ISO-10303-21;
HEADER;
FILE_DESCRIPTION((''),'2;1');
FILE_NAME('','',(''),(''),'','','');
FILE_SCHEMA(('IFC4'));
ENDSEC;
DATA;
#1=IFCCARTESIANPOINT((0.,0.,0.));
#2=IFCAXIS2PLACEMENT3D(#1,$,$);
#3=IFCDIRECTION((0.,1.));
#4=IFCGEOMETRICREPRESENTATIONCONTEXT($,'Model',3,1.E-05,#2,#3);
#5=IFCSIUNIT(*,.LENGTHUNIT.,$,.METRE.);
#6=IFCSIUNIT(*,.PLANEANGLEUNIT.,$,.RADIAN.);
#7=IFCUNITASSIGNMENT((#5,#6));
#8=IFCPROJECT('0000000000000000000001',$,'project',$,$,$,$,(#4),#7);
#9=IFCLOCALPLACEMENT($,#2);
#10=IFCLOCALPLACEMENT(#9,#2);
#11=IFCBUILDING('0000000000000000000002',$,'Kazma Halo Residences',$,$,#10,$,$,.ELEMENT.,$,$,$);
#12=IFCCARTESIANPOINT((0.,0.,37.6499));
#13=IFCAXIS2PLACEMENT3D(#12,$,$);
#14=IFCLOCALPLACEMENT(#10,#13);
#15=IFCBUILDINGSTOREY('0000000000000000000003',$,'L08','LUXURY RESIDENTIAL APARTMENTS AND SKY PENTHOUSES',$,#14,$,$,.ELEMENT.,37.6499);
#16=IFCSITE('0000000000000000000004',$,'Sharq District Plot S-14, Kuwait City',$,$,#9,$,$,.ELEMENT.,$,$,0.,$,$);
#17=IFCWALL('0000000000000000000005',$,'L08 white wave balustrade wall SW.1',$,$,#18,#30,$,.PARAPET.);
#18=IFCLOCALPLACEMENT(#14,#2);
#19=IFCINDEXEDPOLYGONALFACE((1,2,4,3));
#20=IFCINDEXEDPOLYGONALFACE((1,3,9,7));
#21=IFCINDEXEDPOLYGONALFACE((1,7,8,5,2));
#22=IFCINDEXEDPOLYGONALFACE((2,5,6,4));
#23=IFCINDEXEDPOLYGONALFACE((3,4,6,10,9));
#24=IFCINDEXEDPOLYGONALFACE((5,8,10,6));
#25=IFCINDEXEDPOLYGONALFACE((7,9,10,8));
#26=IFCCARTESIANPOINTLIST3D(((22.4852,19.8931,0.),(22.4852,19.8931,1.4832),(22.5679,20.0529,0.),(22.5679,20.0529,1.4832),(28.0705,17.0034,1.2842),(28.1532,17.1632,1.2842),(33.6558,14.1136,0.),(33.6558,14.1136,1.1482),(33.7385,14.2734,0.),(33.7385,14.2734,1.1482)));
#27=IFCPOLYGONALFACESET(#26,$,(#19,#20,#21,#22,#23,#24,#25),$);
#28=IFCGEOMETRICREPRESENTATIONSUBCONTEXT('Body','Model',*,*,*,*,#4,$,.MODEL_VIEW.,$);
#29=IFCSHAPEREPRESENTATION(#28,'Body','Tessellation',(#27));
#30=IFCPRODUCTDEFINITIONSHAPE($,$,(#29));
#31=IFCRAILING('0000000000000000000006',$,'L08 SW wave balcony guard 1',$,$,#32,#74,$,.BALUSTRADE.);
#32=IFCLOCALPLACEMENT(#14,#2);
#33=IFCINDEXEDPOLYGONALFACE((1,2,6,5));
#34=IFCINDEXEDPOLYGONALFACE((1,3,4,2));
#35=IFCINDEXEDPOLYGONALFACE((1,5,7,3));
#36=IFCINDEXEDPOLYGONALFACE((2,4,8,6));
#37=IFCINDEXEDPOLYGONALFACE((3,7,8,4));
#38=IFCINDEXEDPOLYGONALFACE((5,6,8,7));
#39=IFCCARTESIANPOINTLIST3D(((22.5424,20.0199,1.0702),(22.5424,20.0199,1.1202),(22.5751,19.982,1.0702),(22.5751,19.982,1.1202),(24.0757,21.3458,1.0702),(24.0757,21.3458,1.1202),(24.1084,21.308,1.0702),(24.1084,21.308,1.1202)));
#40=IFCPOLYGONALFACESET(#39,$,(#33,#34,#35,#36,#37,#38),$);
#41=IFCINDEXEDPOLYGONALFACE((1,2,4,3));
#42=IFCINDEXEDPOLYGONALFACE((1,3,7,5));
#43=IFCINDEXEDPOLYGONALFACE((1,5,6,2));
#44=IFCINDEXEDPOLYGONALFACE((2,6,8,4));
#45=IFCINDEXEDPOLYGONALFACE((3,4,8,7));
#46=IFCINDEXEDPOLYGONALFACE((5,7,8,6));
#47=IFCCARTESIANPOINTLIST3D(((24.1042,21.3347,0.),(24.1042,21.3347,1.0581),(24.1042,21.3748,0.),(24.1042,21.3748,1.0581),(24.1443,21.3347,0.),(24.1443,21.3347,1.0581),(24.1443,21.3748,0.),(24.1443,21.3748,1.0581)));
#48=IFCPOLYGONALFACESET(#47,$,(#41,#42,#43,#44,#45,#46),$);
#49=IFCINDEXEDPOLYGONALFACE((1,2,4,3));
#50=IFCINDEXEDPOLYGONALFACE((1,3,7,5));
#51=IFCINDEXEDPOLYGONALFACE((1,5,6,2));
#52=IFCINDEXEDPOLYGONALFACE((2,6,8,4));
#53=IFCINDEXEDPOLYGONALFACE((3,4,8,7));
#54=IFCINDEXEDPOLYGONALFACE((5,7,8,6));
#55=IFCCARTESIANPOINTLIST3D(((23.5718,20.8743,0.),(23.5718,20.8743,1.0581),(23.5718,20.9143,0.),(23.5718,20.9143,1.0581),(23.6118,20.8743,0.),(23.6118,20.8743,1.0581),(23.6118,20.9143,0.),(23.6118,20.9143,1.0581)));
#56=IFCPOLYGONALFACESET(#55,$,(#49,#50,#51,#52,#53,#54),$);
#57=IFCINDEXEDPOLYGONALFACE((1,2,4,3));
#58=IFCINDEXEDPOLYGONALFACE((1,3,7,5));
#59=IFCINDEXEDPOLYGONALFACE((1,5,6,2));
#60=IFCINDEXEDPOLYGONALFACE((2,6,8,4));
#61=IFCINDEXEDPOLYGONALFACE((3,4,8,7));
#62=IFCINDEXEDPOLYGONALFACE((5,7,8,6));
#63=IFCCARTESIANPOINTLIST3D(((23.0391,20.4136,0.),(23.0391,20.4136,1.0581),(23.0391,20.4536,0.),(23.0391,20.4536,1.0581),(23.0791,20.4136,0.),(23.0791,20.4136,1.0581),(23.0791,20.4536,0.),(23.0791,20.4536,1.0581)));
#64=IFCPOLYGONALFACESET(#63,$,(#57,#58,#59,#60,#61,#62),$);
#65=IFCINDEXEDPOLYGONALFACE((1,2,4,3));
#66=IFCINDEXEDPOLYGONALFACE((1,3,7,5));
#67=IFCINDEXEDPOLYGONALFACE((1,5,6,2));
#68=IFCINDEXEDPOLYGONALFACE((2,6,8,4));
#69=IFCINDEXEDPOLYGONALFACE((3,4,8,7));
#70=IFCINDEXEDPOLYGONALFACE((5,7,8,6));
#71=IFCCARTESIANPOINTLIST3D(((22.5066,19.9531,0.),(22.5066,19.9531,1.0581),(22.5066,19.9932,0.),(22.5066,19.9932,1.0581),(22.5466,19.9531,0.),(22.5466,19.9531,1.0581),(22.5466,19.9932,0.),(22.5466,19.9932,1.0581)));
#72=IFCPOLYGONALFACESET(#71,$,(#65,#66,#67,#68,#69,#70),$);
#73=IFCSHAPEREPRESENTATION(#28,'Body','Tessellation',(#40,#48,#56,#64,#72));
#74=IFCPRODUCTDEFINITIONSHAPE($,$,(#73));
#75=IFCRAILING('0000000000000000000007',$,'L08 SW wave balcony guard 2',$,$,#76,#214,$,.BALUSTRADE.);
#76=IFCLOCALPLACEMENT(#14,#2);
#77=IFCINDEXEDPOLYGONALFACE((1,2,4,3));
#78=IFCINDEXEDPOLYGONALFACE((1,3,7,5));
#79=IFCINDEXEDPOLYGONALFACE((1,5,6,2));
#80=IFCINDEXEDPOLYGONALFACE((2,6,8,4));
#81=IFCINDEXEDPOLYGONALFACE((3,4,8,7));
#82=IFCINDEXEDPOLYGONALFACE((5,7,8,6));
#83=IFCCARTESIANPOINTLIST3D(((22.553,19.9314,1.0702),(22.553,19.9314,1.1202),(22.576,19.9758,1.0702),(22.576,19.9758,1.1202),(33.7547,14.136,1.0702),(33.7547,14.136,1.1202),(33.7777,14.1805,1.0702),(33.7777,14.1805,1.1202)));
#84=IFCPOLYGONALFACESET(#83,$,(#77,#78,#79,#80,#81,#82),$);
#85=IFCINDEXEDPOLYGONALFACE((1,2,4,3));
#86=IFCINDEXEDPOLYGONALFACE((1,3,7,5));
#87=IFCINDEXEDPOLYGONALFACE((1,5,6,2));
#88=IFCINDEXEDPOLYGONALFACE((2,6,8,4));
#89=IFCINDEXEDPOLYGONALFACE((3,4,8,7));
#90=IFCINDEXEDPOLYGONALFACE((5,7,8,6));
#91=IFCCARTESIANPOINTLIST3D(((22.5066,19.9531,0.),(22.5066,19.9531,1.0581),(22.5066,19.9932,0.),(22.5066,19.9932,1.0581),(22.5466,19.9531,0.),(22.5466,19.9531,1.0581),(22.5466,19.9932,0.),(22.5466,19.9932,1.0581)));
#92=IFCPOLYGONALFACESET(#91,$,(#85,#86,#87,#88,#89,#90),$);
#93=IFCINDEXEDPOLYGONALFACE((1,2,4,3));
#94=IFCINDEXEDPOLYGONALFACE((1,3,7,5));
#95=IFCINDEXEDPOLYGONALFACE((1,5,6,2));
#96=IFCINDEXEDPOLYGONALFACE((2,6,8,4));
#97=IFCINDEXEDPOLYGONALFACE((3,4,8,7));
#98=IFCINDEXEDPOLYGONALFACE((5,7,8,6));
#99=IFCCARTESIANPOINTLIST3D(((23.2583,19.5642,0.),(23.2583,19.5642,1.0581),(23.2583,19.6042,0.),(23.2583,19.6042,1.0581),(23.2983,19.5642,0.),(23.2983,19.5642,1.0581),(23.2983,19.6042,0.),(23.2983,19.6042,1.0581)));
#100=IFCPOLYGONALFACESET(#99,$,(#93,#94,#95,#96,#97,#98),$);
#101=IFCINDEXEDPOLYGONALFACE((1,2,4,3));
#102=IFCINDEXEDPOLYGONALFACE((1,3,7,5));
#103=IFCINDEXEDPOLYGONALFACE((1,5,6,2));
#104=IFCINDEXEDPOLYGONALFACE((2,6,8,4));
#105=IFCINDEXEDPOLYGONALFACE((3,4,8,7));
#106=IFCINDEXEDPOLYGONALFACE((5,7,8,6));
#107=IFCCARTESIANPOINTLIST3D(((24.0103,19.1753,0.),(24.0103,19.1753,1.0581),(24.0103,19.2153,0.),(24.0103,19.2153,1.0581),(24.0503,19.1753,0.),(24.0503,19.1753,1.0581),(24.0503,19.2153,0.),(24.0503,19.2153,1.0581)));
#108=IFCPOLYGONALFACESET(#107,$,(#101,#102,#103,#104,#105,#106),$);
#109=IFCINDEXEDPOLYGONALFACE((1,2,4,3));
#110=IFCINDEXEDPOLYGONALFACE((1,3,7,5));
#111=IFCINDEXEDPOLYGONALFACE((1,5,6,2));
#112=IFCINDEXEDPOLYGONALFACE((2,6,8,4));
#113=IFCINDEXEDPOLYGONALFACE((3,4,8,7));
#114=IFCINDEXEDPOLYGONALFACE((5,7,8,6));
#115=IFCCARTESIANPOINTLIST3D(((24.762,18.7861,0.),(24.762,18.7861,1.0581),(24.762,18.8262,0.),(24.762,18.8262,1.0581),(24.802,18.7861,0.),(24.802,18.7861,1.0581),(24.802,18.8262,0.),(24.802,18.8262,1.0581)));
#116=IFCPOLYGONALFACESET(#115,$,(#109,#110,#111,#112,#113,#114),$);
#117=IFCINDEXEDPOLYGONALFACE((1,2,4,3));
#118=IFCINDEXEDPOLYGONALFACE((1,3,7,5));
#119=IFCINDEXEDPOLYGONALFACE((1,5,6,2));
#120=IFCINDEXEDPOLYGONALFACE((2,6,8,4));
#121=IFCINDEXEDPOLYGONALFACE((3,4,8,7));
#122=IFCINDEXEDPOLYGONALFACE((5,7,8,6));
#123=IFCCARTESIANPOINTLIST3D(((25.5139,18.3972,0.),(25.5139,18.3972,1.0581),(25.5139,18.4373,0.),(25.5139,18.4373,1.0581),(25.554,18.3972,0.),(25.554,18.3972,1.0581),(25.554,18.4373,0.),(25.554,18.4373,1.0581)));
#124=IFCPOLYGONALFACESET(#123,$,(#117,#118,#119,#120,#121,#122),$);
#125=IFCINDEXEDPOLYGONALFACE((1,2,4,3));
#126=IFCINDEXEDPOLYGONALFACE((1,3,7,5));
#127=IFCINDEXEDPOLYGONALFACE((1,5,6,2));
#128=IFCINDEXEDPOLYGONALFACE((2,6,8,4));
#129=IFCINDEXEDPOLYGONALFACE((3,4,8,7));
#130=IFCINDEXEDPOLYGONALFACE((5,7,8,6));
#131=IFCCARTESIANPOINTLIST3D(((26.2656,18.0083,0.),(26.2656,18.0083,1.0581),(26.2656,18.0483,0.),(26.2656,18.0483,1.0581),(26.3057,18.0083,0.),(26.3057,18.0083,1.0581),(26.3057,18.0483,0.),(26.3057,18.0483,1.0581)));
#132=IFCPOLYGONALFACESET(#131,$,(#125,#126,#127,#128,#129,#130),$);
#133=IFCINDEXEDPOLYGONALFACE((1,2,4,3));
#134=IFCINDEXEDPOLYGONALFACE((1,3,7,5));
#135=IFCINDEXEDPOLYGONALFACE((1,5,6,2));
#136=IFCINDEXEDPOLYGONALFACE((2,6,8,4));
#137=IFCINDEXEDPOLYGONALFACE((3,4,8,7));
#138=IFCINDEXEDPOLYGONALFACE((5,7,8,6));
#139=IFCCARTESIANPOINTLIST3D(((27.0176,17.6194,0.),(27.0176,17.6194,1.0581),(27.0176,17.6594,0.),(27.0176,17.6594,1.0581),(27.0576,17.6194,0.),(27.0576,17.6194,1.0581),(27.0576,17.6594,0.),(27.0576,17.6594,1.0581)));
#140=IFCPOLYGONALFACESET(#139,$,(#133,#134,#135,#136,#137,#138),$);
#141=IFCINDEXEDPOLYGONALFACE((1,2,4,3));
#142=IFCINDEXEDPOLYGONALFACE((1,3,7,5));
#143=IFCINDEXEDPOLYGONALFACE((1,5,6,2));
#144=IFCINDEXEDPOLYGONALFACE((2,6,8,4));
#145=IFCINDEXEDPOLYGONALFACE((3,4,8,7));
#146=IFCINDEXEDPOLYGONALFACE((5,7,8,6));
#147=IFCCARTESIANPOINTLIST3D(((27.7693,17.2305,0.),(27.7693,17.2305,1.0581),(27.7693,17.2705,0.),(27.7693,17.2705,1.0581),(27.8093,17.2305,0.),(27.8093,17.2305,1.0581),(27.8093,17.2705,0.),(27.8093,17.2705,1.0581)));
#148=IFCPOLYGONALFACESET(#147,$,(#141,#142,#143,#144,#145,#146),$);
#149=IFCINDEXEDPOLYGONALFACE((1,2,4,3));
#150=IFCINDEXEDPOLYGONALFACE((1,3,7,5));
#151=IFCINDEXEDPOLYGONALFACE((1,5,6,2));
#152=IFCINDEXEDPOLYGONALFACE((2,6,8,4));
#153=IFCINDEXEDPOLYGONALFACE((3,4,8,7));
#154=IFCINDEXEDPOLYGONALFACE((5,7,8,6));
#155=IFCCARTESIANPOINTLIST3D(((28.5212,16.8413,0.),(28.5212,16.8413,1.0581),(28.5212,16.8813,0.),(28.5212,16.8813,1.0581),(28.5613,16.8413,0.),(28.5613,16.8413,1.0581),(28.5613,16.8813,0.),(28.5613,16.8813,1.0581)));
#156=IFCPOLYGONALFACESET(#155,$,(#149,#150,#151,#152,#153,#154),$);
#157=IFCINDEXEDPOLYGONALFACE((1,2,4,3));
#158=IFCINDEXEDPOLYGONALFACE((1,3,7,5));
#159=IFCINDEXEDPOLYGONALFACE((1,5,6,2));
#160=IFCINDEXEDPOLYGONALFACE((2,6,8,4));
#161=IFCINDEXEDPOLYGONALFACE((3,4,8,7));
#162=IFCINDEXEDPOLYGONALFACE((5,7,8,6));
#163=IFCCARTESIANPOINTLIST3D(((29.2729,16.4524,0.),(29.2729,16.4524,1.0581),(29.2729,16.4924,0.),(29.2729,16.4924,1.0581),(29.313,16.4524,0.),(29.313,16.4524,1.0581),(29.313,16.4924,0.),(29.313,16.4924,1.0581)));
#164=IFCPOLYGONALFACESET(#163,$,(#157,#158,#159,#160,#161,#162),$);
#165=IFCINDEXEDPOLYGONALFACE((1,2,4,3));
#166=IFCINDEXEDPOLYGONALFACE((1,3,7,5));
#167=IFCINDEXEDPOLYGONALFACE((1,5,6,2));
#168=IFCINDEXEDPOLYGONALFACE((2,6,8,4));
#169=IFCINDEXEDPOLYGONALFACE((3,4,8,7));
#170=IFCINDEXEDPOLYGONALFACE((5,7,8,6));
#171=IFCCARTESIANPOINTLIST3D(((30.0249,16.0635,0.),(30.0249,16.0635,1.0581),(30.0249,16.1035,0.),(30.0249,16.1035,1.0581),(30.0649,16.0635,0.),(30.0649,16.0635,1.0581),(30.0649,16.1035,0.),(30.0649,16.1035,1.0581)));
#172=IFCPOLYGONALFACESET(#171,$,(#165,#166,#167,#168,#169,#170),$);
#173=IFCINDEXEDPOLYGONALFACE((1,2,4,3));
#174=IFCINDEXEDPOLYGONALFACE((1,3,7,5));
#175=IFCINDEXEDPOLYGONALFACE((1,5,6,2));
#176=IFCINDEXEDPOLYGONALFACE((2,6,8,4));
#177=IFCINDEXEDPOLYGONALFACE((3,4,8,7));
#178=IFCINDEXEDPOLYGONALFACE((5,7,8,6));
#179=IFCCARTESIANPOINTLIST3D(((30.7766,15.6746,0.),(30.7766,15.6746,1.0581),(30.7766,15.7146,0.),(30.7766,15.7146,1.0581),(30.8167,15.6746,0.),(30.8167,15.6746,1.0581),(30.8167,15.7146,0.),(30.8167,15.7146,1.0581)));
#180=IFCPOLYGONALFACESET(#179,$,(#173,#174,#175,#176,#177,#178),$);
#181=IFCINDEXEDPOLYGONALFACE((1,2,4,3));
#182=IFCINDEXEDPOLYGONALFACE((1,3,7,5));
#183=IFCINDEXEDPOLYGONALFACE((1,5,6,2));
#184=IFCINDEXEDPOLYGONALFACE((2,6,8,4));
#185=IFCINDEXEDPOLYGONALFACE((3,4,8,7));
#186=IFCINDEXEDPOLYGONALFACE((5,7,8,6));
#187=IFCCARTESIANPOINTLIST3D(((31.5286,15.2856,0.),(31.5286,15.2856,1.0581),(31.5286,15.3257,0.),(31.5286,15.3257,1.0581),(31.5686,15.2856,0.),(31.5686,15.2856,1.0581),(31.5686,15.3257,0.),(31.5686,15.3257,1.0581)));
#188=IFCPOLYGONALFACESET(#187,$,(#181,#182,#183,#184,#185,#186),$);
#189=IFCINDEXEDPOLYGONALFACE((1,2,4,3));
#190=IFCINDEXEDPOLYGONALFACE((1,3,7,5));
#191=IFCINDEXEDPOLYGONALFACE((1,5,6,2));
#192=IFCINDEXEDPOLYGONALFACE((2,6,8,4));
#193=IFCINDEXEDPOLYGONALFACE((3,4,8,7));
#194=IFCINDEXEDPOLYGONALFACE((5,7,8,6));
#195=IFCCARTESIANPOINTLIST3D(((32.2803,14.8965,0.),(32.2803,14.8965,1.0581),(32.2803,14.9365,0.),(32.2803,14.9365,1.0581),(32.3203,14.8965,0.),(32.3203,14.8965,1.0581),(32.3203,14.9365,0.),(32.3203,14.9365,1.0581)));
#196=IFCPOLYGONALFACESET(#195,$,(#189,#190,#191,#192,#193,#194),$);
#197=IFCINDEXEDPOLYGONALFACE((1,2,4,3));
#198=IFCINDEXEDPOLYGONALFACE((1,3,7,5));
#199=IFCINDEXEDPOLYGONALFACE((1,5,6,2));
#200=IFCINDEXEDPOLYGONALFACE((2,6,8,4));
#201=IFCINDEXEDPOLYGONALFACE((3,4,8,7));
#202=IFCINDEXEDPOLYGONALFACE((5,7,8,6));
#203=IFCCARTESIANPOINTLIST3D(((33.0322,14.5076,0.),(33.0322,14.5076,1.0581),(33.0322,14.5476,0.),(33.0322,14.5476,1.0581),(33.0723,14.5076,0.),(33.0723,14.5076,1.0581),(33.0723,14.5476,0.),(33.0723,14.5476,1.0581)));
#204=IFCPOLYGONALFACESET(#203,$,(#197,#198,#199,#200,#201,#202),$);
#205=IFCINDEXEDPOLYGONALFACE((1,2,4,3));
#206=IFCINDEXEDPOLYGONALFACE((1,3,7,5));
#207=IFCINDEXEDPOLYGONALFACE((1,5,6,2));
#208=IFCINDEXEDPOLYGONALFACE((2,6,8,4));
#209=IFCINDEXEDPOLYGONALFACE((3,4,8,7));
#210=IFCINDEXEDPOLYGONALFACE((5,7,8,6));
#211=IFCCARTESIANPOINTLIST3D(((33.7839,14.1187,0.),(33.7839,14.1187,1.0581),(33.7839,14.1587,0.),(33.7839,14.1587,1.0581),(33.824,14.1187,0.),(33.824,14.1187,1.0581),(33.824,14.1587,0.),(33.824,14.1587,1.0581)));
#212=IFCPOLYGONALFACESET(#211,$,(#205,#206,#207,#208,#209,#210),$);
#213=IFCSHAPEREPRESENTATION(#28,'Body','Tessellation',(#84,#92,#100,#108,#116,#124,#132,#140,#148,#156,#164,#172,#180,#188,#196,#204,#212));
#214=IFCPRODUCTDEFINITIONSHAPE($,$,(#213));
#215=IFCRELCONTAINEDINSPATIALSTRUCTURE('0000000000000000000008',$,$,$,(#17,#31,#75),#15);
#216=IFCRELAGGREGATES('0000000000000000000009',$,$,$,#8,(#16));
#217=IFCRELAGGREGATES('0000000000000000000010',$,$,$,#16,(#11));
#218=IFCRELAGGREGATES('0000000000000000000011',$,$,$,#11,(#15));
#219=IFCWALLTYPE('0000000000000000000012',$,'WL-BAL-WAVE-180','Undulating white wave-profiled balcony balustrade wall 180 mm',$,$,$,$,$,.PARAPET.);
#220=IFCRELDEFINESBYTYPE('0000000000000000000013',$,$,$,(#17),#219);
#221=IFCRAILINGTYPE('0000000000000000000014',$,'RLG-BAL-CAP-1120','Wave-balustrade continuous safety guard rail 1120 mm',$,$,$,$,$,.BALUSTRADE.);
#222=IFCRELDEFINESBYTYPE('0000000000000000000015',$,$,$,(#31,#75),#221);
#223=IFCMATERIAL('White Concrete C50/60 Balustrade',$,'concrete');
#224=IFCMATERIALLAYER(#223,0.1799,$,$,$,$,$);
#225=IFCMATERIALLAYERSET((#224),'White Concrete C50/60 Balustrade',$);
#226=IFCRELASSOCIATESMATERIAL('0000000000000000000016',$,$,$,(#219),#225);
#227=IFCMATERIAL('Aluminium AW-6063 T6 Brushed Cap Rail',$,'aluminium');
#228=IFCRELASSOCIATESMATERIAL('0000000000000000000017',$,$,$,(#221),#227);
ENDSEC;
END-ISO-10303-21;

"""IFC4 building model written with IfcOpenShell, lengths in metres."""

from ifc_helpers import new_model, si_unit, direction, frame, origin, origin_2d, place, context, subcontext, project, spatial, polyline, rectangle, outline, extrude, material, layer, layer_set, type_object, element, save


model = new_model("IFC4")

# Units and contexts
model_context = context("Model", 3, precision=1e-05, world=origin(), true_north=direction((0.0, 1.0)))
body_context = subcontext(model_context, "Body", "Model", "MODEL_VIEW")
ifc_project = project(units=[si_unit("LENGTHUNIT", "METRE"), si_unit("PLANEANGLEUNIT", "RADIAN")], contexts=[model_context])

# Site, building, storey
site_placement = place(None, origin())
site = spatial("IfcSite", under=ifc_project, at=site_placement, Name="Sharq District Plot S-14, Kuwait City", CompositionType="ELEMENT", RefElevation=0.0)
building_placement = place(site_placement, origin())
building = spatial("IfcBuilding", under=site, at=building_placement, Name="Kazma Halo Residences", CompositionType="ELEMENT")
storey_placement = place(building_placement, frame((0.0, 0.0, 37.6499)))
storey = spatial("IfcBuildingStorey", under=building, at=storey_placement, Name="L08", Description="LUXURY RESIDENTIAL APARTMENTS AND SKY PENTHOUSES", CompositionType="ELEMENT", Elevation=37.6499)

# Wall
ifc_material_1 = material(Name="White Concrete C50/60 Balustrade", Category="concrete")
ifc_layer_1 = layer(ifc_material_1, 0.1799)
ifc_layer_set_1 = layer_set([ifc_layer_1], Name="White Concrete C50/60 Balustrade")
wall_type_1 = type_object("IfcWallType", Name="WL-BAL-WAVE-180", Description="Undulating white wave-profiled balcony balustrade wall 180 mm", PredefinedType="PARAPET", material=ifc_layer_set_1)
wall_1_placement = place(storey_placement, frame((22.5266, 19.9731, 0.0), z_axis=(0.0, 0.0, 1.0), x_axis=(0.888165, -0.459524, 0.0)))
element("IfcWall", 1, at=wall_1_placement, inside=storey, type_object=wall_type_1, Name="L08 white wave balustrade wall SW.1", PredefinedType="PARAPET", context=body_context, shape_type="SweptSolid", body=[
    extrude(outline(polyline([(0.0, 0.0), (12.5771, 0.0), (12.5771, 1.1482), (6.2886, 1.2842), (0.0, 1.4832), (0.0, 0.0)])), frame((0.0, 0.0898, 0.0), z_axis=(0.0, -1.0, 0.0), x_axis=(1.0, 0.0, 0.0)), (0.0, 0.0, 1.0), 0.1799),
])

# Railings
ifc_material_2 = material(Name="Aluminium AW-6063 T6 Brushed Cap Rail", Category="aluminium")
railing_type = type_object("IfcRailingType", Name="RLG-BAL-CAP-1120", Description="Wave-balustrade continuous safety guard rail 1120 mm", PredefinedType="BALUSTRADE", material=ifc_material_2)
railing_1_placement = place(storey_placement, frame((24.1243, 21.3547, 0.0)))
element("IfcRailing", 2, at=railing_1_placement, inside=storey, type_object=railing_type, Name="L08 SW wave balcony guard 1", PredefinedType="BALUSTRADE", context=body_context, shape_type="SweptSolid", body=[
    extrude(rectangle(XDim=0.05, YDim=0.05, at=origin_2d()), frame((-0.0322, -0.0278, 1.0952), z_axis=(-0.756402, -0.654107, 0.0), x_axis=(0.654107, -0.756402, 0.0)), (0.0, 0.0, 1.0), 2.0271),
    extrude(rectangle(XDim=0.04, YDim=0.04, at=origin_2d()), origin(), (0.0, 0.0, 1.0), 1.0581),
    extrude(rectangle(XDim=0.04, YDim=0.04, at=origin_2d()), frame((-0.5325, -0.4604, 0.0)), (0.0, 0.0, 1.0), 1.0581),
    extrude(rectangle(XDim=0.04, YDim=0.04, at=origin_2d()), frame((-1.0652, -0.9211, 0.0)), (0.0, 0.0, 1.0), 1.0581),
    extrude(rectangle(XDim=0.04, YDim=0.04, at=origin_2d()), frame((-1.5977, -1.3816, 0.0)), (0.0, 0.0, 1.0), 1.0581),
])
railing_2_placement = place(storey_placement, frame((22.5266, 19.9731, 0.0)))
element("IfcRailing", 3, at=railing_2_placement, inside=storey, type_object=railing_type, Name="L08 SW wave balcony guard 2", PredefinedType="BALUSTRADE", context=body_context, shape_type="SweptSolid", body=[
    extrude(rectangle(XDim=0.05, YDim=0.05, at=origin_2d()), frame((0.0378, -0.0195, 1.0952), z_axis=(0.888174, -0.459508, 0.0), x_axis=(0.459508, 0.888174, 0.0)), (0.0, 0.0, 1.0), 12.6121),
    extrude(rectangle(XDim=0.04, YDim=0.04, at=origin_2d()), origin(), (0.0, 0.0, 1.0), 1.0581),
    extrude(rectangle(XDim=0.04, YDim=0.04, at=origin_2d()), frame((0.7517, -0.3889, 0.0)), (0.0, 0.0, 1.0), 1.0581),
    extrude(rectangle(XDim=0.04, YDim=0.04, at=origin_2d()), frame((1.5037, -0.7778, 0.0)), (0.0, 0.0, 1.0), 1.0581),
    extrude(rectangle(XDim=0.04, YDim=0.04, at=origin_2d()), frame((2.2554, -1.167, 0.0)), (0.0, 0.0, 1.0), 1.0581),
    extrude(rectangle(XDim=0.04, YDim=0.04, at=origin_2d()), frame((3.0073, -1.5559, 0.0)), (0.0, 0.0, 1.0), 1.0581),
    extrude(rectangle(XDim=0.04, YDim=0.04, at=origin_2d()), frame((3.759, -1.9448, 0.0)), (0.0, 0.0, 1.0), 1.0581),
    extrude(rectangle(XDim=0.04, YDim=0.04, at=origin_2d()), frame((4.511, -2.3337, 0.0)), (0.0, 0.0, 1.0), 1.0581),
    extrude(rectangle(XDim=0.04, YDim=0.04, at=origin_2d()), frame((5.2627, -2.7227, 0.0)), (0.0, 0.0, 1.0), 1.0581),
    extrude(rectangle(XDim=0.04, YDim=0.04, at=origin_2d()), frame((6.0146, -3.1118, 0.0)), (0.0, 0.0, 1.0), 1.0581),
    extrude(rectangle(XDim=0.04, YDim=0.04, at=origin_2d()), frame((6.7664, -3.5007, 0.0)), (0.0, 0.0, 1.0), 1.0581),
    extrude(rectangle(XDim=0.04, YDim=0.04, at=origin_2d()), frame((7.5183, -3.8896, 0.0)), (0.0, 0.0, 1.0), 1.0581),
    extrude(rectangle(XDim=0.04, YDim=0.04, at=origin_2d()), frame((8.27, -4.2786, 0.0)), (0.0, 0.0, 1.0), 1.0581),
    extrude(rectangle(XDim=0.04, YDim=0.04, at=origin_2d()), frame((9.022, -4.6675, 0.0)), (0.0, 0.0, 1.0), 1.0581),
    extrude(rectangle(XDim=0.04, YDim=0.04, at=origin_2d()), frame((9.7737, -5.0566, 0.0)), (0.0, 0.0, 1.0), 1.0581),
    extrude(rectangle(XDim=0.04, YDim=0.04, at=origin_2d()), frame((10.5256, -5.4456, 0.0)), (0.0, 0.0, 1.0), 1.0581),
    extrude(rectangle(XDim=0.04, YDim=0.04, at=origin_2d()), frame((11.2773, -5.8345, 0.0)), (0.0, 0.0, 1.0), 1.0581),
])

save(model, "model.ifc")
